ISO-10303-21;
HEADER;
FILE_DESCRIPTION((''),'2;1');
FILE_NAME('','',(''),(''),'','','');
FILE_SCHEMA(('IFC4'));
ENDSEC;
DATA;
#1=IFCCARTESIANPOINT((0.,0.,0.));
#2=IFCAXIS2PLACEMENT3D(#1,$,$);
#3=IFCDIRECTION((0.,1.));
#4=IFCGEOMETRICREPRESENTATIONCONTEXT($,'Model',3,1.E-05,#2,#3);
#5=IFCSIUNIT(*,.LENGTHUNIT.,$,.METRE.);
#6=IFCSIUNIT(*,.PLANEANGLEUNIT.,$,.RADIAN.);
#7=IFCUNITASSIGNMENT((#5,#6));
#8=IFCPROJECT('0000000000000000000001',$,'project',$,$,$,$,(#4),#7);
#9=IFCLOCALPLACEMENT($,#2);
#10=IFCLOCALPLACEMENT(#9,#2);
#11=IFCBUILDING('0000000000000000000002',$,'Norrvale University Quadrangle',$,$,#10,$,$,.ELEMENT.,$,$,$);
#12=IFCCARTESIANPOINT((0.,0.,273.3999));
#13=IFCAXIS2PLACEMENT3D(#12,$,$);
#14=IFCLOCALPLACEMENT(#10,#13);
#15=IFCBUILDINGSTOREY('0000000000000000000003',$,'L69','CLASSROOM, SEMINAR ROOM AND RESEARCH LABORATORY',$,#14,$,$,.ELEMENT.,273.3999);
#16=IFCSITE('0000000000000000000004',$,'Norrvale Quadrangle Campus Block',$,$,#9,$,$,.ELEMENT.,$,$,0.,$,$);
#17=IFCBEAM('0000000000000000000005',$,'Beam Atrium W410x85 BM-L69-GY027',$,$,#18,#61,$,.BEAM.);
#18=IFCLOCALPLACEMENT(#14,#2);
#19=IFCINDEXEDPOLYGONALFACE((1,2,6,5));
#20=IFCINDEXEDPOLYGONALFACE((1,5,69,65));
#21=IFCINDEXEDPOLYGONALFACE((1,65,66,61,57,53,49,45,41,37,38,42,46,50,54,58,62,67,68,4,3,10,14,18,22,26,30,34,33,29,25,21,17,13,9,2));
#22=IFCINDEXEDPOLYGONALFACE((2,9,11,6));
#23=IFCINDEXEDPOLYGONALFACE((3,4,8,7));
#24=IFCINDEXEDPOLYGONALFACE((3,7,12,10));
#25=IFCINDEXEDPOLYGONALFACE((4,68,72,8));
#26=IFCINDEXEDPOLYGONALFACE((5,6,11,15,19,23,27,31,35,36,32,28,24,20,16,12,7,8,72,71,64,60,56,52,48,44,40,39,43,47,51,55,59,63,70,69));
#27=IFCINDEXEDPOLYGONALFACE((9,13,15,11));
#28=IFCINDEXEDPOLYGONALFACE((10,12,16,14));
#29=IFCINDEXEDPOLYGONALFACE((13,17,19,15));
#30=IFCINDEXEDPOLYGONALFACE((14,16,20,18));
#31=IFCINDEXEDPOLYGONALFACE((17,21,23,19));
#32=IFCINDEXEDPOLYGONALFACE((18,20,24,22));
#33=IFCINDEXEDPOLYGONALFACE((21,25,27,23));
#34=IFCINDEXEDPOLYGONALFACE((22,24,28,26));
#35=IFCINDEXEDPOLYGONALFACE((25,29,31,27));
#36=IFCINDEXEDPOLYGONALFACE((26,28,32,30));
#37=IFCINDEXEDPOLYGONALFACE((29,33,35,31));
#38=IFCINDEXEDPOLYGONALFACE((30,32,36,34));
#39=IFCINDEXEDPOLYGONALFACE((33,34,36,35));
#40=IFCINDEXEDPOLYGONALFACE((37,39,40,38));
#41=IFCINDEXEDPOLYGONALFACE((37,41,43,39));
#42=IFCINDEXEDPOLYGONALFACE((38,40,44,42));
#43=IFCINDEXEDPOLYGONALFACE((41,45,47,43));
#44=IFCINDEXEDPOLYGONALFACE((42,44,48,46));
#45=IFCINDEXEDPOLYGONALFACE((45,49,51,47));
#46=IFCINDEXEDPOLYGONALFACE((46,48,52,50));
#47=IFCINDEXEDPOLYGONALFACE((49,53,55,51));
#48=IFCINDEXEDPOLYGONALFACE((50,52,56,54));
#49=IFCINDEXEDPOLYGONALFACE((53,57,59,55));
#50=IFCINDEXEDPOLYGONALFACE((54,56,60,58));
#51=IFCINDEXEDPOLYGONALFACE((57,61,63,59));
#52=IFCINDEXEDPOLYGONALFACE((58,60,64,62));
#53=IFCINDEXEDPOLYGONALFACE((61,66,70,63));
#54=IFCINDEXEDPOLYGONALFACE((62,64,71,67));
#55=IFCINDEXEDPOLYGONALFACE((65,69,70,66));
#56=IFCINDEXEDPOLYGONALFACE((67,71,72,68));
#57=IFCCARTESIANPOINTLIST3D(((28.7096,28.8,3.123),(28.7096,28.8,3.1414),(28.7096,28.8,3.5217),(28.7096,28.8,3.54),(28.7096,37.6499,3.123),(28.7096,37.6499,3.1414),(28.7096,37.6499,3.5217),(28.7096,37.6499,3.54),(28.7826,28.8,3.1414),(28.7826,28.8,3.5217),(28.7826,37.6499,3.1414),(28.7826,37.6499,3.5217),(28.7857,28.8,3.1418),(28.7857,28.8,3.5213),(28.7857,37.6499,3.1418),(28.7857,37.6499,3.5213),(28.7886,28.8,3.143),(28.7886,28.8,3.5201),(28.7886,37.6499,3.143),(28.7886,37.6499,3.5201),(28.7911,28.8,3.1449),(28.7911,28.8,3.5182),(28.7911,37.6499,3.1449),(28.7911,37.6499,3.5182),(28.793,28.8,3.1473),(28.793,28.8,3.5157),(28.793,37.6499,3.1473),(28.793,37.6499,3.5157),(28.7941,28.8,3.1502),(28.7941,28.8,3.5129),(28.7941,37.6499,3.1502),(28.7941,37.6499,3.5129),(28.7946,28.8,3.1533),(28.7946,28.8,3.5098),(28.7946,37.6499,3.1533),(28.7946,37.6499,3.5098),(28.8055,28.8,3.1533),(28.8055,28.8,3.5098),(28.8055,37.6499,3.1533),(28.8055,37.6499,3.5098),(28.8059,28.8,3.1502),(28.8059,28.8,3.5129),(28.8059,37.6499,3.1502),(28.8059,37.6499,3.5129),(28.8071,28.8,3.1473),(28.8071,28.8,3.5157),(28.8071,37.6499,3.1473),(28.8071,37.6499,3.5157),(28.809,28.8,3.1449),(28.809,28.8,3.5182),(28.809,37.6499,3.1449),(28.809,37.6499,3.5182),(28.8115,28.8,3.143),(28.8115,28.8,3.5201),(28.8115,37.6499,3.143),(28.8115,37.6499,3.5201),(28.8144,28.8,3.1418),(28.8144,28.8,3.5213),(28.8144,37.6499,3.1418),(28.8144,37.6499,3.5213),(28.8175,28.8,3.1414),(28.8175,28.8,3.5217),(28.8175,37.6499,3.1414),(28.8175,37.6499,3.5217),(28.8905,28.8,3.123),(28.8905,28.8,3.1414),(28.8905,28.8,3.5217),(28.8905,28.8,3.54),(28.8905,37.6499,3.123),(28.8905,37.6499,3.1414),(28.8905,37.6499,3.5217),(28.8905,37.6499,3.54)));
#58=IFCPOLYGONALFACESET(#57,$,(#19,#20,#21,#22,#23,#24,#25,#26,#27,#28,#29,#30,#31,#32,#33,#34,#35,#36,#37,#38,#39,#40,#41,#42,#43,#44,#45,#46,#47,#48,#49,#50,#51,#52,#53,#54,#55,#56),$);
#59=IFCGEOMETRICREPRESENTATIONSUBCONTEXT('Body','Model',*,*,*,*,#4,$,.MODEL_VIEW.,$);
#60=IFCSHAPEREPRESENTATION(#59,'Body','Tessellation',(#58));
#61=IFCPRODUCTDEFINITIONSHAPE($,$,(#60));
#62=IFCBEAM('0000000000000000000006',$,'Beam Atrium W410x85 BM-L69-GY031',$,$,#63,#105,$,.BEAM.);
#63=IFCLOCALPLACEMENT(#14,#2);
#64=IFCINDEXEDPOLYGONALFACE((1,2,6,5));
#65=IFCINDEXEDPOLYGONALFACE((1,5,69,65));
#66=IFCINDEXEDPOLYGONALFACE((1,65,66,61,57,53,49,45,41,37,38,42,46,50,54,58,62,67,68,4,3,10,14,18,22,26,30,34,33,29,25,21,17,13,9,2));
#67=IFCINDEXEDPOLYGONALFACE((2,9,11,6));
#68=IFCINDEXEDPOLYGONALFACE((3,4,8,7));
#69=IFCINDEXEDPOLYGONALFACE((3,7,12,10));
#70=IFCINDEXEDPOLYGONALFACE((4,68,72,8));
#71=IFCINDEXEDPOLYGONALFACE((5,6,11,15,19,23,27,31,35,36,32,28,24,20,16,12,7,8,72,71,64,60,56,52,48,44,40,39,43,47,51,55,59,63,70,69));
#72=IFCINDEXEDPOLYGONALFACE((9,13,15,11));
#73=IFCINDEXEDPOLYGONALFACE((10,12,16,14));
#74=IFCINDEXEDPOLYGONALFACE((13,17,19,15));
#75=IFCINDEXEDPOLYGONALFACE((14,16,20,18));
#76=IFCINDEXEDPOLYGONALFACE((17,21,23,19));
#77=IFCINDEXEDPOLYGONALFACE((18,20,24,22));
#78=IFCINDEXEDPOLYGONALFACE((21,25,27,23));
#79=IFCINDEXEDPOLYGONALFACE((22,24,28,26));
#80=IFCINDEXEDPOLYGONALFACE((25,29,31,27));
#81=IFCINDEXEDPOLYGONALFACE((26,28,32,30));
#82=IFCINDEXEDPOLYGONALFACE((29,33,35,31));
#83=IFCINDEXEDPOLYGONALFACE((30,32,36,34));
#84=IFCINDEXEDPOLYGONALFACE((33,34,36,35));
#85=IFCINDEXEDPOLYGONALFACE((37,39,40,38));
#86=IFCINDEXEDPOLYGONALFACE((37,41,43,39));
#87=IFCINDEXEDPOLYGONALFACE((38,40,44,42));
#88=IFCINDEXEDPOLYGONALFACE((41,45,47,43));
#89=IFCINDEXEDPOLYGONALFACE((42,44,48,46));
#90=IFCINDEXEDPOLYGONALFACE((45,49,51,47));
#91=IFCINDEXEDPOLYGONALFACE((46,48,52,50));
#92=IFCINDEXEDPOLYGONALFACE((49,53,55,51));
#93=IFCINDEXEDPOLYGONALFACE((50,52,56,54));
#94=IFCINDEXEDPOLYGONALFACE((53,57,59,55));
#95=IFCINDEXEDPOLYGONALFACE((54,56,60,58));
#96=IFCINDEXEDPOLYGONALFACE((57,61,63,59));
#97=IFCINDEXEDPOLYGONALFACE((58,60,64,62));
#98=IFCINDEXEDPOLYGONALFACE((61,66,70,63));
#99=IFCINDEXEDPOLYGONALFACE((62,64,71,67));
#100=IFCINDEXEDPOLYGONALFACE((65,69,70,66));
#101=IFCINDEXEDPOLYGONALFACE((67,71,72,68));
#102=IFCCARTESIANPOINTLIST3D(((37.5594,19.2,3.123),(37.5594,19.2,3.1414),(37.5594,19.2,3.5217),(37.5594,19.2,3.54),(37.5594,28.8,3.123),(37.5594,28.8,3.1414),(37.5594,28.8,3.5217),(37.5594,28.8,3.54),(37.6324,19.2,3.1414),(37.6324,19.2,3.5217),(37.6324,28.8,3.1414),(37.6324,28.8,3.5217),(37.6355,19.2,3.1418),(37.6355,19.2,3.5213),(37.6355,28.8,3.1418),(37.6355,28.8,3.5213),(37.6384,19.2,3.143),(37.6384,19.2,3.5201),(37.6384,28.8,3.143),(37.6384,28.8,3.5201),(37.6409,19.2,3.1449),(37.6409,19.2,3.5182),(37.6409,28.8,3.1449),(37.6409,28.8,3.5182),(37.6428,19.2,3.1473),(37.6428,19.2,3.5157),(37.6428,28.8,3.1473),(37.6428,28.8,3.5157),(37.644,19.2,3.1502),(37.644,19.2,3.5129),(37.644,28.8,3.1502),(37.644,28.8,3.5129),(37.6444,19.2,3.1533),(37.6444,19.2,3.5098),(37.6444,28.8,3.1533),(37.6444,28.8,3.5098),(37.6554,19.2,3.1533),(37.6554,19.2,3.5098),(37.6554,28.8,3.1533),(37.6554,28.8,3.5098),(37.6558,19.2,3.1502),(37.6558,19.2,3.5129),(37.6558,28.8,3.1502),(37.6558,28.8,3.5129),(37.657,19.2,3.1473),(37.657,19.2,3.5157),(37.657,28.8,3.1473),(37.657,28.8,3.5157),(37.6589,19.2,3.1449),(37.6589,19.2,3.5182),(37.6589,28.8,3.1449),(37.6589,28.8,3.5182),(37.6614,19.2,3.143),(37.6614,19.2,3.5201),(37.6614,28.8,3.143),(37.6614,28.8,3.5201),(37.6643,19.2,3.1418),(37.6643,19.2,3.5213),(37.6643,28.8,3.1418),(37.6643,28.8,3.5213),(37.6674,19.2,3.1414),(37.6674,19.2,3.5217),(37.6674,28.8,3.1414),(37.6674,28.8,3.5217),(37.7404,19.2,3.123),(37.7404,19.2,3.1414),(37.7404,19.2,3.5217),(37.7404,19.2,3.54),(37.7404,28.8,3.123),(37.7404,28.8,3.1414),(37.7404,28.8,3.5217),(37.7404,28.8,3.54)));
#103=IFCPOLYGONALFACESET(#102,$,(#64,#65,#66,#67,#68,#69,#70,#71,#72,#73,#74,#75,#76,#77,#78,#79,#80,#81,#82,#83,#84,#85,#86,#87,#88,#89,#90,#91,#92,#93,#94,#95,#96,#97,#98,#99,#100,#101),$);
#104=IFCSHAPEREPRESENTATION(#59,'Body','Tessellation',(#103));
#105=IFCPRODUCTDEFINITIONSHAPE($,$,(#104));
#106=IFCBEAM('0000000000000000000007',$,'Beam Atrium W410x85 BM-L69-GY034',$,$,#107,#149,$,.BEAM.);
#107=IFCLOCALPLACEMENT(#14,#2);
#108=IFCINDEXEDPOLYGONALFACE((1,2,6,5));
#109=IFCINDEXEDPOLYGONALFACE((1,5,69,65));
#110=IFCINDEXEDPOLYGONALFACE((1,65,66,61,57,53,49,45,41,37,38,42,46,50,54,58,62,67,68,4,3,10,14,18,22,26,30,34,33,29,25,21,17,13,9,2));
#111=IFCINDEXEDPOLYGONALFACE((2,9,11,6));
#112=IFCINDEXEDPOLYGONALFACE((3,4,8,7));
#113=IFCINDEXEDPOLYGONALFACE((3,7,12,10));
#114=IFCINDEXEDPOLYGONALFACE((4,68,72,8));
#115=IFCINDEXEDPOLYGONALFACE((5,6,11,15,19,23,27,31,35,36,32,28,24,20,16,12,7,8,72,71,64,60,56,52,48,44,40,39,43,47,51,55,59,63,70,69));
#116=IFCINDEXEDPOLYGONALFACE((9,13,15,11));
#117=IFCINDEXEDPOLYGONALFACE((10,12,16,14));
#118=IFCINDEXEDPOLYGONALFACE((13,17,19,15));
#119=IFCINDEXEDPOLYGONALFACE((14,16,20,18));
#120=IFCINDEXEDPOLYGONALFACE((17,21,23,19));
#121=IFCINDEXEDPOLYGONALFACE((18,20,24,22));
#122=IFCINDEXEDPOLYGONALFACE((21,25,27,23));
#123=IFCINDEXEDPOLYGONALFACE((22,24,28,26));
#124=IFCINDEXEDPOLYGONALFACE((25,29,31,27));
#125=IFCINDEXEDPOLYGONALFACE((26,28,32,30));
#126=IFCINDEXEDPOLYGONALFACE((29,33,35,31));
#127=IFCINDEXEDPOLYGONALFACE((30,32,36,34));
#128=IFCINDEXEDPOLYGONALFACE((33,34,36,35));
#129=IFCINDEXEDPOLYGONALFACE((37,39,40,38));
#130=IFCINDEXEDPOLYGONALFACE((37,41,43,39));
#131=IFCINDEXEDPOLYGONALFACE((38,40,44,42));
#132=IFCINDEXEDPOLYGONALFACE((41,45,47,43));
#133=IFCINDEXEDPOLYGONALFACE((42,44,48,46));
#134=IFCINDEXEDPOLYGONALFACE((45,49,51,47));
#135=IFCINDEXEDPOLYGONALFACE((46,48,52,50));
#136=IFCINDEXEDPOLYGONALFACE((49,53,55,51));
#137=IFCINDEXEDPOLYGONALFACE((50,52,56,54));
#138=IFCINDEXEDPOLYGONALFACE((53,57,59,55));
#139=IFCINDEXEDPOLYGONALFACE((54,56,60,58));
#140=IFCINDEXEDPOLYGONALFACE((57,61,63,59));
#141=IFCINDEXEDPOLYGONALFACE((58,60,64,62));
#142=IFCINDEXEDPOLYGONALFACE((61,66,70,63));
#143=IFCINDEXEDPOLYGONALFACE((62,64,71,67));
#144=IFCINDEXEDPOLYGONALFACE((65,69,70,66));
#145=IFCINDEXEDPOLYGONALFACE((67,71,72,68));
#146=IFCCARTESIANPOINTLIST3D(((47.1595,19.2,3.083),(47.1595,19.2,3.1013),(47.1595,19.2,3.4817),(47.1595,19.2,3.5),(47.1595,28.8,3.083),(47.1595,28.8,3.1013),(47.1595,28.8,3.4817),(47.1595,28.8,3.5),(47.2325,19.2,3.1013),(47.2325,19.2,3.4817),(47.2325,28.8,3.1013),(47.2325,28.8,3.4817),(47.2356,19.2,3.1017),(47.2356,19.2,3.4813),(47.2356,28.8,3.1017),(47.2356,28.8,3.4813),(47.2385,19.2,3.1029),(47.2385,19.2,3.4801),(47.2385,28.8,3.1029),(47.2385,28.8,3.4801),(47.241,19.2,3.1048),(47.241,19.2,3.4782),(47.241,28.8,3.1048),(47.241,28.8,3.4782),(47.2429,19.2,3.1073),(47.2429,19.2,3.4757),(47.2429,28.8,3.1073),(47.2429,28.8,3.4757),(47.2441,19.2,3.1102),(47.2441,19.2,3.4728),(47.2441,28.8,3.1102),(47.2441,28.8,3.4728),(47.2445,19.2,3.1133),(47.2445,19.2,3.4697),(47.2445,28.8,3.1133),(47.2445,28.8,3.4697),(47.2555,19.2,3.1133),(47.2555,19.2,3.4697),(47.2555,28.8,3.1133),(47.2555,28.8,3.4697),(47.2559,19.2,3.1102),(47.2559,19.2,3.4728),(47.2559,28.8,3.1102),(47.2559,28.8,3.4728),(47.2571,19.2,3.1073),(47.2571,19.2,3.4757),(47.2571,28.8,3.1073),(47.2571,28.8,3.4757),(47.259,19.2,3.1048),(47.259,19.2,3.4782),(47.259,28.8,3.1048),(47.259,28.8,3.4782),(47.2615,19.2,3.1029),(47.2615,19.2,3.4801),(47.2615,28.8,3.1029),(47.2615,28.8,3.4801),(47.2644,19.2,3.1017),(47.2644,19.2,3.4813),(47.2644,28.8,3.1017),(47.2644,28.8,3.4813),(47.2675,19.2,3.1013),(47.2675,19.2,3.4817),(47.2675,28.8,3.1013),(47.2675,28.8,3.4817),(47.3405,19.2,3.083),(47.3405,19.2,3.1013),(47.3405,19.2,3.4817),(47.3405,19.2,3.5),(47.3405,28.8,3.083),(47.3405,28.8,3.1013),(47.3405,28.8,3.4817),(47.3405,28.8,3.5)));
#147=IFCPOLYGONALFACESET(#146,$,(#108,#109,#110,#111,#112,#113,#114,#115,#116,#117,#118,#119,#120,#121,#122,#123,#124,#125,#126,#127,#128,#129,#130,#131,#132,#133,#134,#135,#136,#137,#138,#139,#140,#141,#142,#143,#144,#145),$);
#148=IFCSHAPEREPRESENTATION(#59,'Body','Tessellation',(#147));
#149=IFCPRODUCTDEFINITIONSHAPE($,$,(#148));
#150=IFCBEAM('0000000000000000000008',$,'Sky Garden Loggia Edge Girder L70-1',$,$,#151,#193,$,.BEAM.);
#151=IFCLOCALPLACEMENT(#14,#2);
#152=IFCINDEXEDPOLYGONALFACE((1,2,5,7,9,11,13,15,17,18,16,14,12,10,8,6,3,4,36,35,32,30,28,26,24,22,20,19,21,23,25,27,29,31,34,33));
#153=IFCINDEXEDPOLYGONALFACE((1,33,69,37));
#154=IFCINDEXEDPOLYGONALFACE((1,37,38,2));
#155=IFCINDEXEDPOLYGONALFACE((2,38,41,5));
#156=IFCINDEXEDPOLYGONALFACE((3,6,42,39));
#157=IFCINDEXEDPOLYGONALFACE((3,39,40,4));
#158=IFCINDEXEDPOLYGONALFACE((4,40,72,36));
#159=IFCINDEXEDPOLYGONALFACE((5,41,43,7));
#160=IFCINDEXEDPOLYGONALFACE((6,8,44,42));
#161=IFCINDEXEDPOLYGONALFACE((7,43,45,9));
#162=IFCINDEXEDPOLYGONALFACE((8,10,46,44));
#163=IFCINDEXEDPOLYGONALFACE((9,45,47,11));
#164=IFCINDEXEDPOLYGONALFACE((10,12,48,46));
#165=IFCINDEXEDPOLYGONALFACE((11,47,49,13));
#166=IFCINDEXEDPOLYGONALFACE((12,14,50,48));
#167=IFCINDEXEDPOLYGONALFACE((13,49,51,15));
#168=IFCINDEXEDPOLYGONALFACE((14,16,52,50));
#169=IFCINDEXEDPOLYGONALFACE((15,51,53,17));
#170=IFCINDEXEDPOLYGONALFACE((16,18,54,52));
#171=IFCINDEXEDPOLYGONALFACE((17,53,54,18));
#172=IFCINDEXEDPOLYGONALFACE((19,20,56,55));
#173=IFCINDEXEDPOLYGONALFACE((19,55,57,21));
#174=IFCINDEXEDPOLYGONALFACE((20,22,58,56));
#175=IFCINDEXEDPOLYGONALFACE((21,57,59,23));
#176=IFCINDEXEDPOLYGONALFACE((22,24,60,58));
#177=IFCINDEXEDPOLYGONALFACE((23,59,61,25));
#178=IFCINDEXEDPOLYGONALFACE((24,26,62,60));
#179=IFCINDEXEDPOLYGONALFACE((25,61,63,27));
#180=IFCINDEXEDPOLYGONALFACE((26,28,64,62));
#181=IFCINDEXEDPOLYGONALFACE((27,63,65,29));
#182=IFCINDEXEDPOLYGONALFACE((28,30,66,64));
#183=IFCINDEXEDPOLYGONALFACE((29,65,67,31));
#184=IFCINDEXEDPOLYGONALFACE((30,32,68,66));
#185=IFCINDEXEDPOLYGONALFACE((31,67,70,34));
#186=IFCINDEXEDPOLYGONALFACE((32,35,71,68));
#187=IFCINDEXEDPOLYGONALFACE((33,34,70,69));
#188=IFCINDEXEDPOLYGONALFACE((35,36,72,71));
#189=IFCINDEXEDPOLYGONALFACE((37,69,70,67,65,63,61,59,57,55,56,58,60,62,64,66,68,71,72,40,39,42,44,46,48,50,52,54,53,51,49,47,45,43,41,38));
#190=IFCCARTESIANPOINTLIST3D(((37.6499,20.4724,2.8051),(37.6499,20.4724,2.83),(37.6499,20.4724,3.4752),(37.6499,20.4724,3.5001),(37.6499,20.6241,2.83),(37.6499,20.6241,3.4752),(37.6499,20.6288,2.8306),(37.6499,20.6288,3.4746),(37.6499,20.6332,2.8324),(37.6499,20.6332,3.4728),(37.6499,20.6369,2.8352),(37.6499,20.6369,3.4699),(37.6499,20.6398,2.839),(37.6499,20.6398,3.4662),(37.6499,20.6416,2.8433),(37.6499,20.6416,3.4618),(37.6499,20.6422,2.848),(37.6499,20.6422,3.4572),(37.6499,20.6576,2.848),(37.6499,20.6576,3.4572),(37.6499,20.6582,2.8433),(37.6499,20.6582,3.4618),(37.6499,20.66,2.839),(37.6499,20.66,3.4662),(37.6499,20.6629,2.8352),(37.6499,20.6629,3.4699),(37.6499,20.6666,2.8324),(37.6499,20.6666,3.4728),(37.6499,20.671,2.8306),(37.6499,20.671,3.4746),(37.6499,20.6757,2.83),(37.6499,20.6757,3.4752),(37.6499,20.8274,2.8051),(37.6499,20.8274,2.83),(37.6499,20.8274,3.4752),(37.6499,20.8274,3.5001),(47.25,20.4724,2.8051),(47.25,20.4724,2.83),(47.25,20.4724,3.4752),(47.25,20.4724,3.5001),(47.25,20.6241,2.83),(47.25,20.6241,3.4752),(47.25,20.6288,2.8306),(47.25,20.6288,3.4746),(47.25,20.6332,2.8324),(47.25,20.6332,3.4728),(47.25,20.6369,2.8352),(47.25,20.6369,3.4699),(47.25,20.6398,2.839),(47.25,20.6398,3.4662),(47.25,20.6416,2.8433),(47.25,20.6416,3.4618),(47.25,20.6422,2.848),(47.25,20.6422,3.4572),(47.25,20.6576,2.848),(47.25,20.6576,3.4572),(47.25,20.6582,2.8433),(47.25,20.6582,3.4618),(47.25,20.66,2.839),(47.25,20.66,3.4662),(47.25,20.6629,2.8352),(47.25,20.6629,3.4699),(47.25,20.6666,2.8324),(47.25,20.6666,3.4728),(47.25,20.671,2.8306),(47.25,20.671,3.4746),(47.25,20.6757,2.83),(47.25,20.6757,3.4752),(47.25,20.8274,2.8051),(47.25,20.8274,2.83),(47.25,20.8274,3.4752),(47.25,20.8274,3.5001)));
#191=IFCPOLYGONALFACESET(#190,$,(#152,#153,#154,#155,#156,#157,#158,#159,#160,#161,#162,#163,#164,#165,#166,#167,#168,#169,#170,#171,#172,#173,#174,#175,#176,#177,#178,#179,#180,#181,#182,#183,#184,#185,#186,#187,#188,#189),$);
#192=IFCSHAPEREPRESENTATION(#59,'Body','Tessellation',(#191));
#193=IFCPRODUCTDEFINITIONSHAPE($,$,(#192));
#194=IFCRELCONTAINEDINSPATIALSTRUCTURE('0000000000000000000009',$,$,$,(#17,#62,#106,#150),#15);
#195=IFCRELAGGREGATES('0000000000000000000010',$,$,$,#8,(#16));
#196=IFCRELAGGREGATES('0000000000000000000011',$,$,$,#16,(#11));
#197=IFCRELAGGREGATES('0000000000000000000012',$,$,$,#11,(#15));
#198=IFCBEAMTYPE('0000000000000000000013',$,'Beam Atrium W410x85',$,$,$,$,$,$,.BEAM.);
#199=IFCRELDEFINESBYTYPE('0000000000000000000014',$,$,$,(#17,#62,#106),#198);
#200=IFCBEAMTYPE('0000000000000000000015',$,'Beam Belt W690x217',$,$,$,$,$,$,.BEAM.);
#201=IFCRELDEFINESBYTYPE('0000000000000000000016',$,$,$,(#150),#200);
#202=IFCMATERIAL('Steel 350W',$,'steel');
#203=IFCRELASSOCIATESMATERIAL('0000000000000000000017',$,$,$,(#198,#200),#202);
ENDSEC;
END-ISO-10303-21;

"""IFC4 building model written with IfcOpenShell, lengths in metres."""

from ifc_helpers import new_model, si_unit, direction, frame, origin, origin_2d, place, context, subcontext, project, spatial, i_section, extrude, material, material_profile, profile_set, type_object, element, save


model = new_model("IFC4")

# Units and contexts
model_context = context("Model", 3, precision=1e-05, world=origin(), true_north=direction((0.0, 1.0)))
body_context = subcontext(model_context, "Body", "Model", "MODEL_VIEW")
ifc_project = project(units=[si_unit("LENGTHUNIT", "METRE"), si_unit("PLANEANGLEUNIT", "RADIAN")], contexts=[model_context])

# Site, building, storey
site_placement = place(None, origin())
site = spatial("IfcSite", under=ifc_project, at=site_placement, Name="Norrvale Quadrangle Campus Block", CompositionType="ELEMENT", RefElevation=0.0)
building_placement = place(site_placement, origin())
building = spatial("IfcBuilding", under=site, at=building_placement, Name="Norrvale University Quadrangle", CompositionType="ELEMENT")
storey_placement = place(building_placement, frame((0.0, 0.0, 273.3999)))
storey = spatial("IfcBuildingStorey", under=building, at=storey_placement, Name="L69", Description="CLASSROOM, SEMINAR ROOM AND RESEARCH LABORATORY", CompositionType="ELEMENT", Elevation=273.3999)

# Beams
ifc_material_1 = material(Name="Steel 350W", Category="steel")
ifc_material_profile_1 = material_profile(ifc_material_1, i_section(OverallWidth=0.1809, OverallDepth=0.417, WebThickness=0.011, FlangeThickness=0.0183, FilletRadius=0.012, at=origin_2d()), Name="Steel 350W")
ifc_profile_set_1 = profile_set([ifc_material_profile_1], Name="Steel 350W")
beam_type_1 = type_object("IfcBeamType", Name="Beam Atrium W410x85", PredefinedType="BEAM", material=ifc_profile_set_1)
for number, where, z_axis, x_axis, name in (
    (1, (28.8, 28.8, 3.3315), (0.0, 1.0, 0.0), (-1.0, 0.0, 0.0), "Beam Atrium W410x85 BM-L69-GY027"),
):
    element("IfcBeam", number, at=place(storey_placement, frame(where, z_axis=z_axis, x_axis=x_axis)), inside=storey, type_object=beam_type_1, Name=name, PredefinedType="BEAM", context=body_context, shape_type="SweptSolid", body=[
        extrude(i_section(OverallWidth=0.1809, OverallDepth=0.417, WebThickness=0.011, FlangeThickness=0.0183, FilletRadius=0.012, at=origin_2d()), origin(), (0.0, 0.0, 1.0), 8.8499),
    ])
for number, where, z_axis, x_axis, name in (
    (2, (37.6499, 19.2, 3.3315), (0.0, 1.0, 0.0), (-1.0, 0.0, 0.0), "Beam Atrium W410x85 BM-L69-GY031"),
    (3, (47.25, 19.2, 3.2915), (0.0, 1.0, 0.0), (-1.0, 0.0, 0.0), "Beam Atrium W410x85 BM-L69-GY034"),
):
    element("IfcBeam", number, at=place(storey_placement, frame(where, z_axis=z_axis, x_axis=x_axis)), inside=storey, type_object=beam_type_1, Name=name, PredefinedType="BEAM", context=body_context, shape_type="SweptSolid", body=[
        extrude(i_section(OverallWidth=0.1809, OverallDepth=0.417, WebThickness=0.011, FlangeThickness=0.0183, FilletRadius=0.012, at=origin_2d()), origin(), (0.0, 0.0, 1.0), 9.6001),
    ])
ifc_material_profile_2 = material_profile(ifc_material_1, i_section(OverallWidth=0.355, OverallDepth=0.6951, WebThickness=0.0154, FlangeThickness=0.0249, FilletRadius=0.0181, at=origin_2d()), Name="Steel 350W")
ifc_profile_set_2 = profile_set([ifc_material_profile_2], Name="Steel 350W")
beam_type_2 = type_object("IfcBeamType", Name="Beam Belt W690x217", PredefinedType="BEAM", material=ifc_profile_set_2)
for number, where, z_axis, x_axis, name in (
    (4, (37.6499, 20.6499, 3.1526), (1.0, 0.0, 0.0), (0.0, 1.0, 0.0), "Sky Garden Loggia Edge Girder L70-1"),
):
    element("IfcBeam", number, at=place(storey_placement, frame(where, z_axis=z_axis, x_axis=x_axis)), inside=storey, type_object=beam_type_2, Name=name, PredefinedType="BEAM", context=body_context, shape_type="SweptSolid", body=[
        extrude(i_section(OverallWidth=0.355, OverallDepth=0.6951, WebThickness=0.0154, FlangeThickness=0.0249, FilletRadius=0.0181, at=origin_2d()), origin(), (0.0, 0.0, 1.0), 9.6001),
    ])

save(model, "model.ifc")
